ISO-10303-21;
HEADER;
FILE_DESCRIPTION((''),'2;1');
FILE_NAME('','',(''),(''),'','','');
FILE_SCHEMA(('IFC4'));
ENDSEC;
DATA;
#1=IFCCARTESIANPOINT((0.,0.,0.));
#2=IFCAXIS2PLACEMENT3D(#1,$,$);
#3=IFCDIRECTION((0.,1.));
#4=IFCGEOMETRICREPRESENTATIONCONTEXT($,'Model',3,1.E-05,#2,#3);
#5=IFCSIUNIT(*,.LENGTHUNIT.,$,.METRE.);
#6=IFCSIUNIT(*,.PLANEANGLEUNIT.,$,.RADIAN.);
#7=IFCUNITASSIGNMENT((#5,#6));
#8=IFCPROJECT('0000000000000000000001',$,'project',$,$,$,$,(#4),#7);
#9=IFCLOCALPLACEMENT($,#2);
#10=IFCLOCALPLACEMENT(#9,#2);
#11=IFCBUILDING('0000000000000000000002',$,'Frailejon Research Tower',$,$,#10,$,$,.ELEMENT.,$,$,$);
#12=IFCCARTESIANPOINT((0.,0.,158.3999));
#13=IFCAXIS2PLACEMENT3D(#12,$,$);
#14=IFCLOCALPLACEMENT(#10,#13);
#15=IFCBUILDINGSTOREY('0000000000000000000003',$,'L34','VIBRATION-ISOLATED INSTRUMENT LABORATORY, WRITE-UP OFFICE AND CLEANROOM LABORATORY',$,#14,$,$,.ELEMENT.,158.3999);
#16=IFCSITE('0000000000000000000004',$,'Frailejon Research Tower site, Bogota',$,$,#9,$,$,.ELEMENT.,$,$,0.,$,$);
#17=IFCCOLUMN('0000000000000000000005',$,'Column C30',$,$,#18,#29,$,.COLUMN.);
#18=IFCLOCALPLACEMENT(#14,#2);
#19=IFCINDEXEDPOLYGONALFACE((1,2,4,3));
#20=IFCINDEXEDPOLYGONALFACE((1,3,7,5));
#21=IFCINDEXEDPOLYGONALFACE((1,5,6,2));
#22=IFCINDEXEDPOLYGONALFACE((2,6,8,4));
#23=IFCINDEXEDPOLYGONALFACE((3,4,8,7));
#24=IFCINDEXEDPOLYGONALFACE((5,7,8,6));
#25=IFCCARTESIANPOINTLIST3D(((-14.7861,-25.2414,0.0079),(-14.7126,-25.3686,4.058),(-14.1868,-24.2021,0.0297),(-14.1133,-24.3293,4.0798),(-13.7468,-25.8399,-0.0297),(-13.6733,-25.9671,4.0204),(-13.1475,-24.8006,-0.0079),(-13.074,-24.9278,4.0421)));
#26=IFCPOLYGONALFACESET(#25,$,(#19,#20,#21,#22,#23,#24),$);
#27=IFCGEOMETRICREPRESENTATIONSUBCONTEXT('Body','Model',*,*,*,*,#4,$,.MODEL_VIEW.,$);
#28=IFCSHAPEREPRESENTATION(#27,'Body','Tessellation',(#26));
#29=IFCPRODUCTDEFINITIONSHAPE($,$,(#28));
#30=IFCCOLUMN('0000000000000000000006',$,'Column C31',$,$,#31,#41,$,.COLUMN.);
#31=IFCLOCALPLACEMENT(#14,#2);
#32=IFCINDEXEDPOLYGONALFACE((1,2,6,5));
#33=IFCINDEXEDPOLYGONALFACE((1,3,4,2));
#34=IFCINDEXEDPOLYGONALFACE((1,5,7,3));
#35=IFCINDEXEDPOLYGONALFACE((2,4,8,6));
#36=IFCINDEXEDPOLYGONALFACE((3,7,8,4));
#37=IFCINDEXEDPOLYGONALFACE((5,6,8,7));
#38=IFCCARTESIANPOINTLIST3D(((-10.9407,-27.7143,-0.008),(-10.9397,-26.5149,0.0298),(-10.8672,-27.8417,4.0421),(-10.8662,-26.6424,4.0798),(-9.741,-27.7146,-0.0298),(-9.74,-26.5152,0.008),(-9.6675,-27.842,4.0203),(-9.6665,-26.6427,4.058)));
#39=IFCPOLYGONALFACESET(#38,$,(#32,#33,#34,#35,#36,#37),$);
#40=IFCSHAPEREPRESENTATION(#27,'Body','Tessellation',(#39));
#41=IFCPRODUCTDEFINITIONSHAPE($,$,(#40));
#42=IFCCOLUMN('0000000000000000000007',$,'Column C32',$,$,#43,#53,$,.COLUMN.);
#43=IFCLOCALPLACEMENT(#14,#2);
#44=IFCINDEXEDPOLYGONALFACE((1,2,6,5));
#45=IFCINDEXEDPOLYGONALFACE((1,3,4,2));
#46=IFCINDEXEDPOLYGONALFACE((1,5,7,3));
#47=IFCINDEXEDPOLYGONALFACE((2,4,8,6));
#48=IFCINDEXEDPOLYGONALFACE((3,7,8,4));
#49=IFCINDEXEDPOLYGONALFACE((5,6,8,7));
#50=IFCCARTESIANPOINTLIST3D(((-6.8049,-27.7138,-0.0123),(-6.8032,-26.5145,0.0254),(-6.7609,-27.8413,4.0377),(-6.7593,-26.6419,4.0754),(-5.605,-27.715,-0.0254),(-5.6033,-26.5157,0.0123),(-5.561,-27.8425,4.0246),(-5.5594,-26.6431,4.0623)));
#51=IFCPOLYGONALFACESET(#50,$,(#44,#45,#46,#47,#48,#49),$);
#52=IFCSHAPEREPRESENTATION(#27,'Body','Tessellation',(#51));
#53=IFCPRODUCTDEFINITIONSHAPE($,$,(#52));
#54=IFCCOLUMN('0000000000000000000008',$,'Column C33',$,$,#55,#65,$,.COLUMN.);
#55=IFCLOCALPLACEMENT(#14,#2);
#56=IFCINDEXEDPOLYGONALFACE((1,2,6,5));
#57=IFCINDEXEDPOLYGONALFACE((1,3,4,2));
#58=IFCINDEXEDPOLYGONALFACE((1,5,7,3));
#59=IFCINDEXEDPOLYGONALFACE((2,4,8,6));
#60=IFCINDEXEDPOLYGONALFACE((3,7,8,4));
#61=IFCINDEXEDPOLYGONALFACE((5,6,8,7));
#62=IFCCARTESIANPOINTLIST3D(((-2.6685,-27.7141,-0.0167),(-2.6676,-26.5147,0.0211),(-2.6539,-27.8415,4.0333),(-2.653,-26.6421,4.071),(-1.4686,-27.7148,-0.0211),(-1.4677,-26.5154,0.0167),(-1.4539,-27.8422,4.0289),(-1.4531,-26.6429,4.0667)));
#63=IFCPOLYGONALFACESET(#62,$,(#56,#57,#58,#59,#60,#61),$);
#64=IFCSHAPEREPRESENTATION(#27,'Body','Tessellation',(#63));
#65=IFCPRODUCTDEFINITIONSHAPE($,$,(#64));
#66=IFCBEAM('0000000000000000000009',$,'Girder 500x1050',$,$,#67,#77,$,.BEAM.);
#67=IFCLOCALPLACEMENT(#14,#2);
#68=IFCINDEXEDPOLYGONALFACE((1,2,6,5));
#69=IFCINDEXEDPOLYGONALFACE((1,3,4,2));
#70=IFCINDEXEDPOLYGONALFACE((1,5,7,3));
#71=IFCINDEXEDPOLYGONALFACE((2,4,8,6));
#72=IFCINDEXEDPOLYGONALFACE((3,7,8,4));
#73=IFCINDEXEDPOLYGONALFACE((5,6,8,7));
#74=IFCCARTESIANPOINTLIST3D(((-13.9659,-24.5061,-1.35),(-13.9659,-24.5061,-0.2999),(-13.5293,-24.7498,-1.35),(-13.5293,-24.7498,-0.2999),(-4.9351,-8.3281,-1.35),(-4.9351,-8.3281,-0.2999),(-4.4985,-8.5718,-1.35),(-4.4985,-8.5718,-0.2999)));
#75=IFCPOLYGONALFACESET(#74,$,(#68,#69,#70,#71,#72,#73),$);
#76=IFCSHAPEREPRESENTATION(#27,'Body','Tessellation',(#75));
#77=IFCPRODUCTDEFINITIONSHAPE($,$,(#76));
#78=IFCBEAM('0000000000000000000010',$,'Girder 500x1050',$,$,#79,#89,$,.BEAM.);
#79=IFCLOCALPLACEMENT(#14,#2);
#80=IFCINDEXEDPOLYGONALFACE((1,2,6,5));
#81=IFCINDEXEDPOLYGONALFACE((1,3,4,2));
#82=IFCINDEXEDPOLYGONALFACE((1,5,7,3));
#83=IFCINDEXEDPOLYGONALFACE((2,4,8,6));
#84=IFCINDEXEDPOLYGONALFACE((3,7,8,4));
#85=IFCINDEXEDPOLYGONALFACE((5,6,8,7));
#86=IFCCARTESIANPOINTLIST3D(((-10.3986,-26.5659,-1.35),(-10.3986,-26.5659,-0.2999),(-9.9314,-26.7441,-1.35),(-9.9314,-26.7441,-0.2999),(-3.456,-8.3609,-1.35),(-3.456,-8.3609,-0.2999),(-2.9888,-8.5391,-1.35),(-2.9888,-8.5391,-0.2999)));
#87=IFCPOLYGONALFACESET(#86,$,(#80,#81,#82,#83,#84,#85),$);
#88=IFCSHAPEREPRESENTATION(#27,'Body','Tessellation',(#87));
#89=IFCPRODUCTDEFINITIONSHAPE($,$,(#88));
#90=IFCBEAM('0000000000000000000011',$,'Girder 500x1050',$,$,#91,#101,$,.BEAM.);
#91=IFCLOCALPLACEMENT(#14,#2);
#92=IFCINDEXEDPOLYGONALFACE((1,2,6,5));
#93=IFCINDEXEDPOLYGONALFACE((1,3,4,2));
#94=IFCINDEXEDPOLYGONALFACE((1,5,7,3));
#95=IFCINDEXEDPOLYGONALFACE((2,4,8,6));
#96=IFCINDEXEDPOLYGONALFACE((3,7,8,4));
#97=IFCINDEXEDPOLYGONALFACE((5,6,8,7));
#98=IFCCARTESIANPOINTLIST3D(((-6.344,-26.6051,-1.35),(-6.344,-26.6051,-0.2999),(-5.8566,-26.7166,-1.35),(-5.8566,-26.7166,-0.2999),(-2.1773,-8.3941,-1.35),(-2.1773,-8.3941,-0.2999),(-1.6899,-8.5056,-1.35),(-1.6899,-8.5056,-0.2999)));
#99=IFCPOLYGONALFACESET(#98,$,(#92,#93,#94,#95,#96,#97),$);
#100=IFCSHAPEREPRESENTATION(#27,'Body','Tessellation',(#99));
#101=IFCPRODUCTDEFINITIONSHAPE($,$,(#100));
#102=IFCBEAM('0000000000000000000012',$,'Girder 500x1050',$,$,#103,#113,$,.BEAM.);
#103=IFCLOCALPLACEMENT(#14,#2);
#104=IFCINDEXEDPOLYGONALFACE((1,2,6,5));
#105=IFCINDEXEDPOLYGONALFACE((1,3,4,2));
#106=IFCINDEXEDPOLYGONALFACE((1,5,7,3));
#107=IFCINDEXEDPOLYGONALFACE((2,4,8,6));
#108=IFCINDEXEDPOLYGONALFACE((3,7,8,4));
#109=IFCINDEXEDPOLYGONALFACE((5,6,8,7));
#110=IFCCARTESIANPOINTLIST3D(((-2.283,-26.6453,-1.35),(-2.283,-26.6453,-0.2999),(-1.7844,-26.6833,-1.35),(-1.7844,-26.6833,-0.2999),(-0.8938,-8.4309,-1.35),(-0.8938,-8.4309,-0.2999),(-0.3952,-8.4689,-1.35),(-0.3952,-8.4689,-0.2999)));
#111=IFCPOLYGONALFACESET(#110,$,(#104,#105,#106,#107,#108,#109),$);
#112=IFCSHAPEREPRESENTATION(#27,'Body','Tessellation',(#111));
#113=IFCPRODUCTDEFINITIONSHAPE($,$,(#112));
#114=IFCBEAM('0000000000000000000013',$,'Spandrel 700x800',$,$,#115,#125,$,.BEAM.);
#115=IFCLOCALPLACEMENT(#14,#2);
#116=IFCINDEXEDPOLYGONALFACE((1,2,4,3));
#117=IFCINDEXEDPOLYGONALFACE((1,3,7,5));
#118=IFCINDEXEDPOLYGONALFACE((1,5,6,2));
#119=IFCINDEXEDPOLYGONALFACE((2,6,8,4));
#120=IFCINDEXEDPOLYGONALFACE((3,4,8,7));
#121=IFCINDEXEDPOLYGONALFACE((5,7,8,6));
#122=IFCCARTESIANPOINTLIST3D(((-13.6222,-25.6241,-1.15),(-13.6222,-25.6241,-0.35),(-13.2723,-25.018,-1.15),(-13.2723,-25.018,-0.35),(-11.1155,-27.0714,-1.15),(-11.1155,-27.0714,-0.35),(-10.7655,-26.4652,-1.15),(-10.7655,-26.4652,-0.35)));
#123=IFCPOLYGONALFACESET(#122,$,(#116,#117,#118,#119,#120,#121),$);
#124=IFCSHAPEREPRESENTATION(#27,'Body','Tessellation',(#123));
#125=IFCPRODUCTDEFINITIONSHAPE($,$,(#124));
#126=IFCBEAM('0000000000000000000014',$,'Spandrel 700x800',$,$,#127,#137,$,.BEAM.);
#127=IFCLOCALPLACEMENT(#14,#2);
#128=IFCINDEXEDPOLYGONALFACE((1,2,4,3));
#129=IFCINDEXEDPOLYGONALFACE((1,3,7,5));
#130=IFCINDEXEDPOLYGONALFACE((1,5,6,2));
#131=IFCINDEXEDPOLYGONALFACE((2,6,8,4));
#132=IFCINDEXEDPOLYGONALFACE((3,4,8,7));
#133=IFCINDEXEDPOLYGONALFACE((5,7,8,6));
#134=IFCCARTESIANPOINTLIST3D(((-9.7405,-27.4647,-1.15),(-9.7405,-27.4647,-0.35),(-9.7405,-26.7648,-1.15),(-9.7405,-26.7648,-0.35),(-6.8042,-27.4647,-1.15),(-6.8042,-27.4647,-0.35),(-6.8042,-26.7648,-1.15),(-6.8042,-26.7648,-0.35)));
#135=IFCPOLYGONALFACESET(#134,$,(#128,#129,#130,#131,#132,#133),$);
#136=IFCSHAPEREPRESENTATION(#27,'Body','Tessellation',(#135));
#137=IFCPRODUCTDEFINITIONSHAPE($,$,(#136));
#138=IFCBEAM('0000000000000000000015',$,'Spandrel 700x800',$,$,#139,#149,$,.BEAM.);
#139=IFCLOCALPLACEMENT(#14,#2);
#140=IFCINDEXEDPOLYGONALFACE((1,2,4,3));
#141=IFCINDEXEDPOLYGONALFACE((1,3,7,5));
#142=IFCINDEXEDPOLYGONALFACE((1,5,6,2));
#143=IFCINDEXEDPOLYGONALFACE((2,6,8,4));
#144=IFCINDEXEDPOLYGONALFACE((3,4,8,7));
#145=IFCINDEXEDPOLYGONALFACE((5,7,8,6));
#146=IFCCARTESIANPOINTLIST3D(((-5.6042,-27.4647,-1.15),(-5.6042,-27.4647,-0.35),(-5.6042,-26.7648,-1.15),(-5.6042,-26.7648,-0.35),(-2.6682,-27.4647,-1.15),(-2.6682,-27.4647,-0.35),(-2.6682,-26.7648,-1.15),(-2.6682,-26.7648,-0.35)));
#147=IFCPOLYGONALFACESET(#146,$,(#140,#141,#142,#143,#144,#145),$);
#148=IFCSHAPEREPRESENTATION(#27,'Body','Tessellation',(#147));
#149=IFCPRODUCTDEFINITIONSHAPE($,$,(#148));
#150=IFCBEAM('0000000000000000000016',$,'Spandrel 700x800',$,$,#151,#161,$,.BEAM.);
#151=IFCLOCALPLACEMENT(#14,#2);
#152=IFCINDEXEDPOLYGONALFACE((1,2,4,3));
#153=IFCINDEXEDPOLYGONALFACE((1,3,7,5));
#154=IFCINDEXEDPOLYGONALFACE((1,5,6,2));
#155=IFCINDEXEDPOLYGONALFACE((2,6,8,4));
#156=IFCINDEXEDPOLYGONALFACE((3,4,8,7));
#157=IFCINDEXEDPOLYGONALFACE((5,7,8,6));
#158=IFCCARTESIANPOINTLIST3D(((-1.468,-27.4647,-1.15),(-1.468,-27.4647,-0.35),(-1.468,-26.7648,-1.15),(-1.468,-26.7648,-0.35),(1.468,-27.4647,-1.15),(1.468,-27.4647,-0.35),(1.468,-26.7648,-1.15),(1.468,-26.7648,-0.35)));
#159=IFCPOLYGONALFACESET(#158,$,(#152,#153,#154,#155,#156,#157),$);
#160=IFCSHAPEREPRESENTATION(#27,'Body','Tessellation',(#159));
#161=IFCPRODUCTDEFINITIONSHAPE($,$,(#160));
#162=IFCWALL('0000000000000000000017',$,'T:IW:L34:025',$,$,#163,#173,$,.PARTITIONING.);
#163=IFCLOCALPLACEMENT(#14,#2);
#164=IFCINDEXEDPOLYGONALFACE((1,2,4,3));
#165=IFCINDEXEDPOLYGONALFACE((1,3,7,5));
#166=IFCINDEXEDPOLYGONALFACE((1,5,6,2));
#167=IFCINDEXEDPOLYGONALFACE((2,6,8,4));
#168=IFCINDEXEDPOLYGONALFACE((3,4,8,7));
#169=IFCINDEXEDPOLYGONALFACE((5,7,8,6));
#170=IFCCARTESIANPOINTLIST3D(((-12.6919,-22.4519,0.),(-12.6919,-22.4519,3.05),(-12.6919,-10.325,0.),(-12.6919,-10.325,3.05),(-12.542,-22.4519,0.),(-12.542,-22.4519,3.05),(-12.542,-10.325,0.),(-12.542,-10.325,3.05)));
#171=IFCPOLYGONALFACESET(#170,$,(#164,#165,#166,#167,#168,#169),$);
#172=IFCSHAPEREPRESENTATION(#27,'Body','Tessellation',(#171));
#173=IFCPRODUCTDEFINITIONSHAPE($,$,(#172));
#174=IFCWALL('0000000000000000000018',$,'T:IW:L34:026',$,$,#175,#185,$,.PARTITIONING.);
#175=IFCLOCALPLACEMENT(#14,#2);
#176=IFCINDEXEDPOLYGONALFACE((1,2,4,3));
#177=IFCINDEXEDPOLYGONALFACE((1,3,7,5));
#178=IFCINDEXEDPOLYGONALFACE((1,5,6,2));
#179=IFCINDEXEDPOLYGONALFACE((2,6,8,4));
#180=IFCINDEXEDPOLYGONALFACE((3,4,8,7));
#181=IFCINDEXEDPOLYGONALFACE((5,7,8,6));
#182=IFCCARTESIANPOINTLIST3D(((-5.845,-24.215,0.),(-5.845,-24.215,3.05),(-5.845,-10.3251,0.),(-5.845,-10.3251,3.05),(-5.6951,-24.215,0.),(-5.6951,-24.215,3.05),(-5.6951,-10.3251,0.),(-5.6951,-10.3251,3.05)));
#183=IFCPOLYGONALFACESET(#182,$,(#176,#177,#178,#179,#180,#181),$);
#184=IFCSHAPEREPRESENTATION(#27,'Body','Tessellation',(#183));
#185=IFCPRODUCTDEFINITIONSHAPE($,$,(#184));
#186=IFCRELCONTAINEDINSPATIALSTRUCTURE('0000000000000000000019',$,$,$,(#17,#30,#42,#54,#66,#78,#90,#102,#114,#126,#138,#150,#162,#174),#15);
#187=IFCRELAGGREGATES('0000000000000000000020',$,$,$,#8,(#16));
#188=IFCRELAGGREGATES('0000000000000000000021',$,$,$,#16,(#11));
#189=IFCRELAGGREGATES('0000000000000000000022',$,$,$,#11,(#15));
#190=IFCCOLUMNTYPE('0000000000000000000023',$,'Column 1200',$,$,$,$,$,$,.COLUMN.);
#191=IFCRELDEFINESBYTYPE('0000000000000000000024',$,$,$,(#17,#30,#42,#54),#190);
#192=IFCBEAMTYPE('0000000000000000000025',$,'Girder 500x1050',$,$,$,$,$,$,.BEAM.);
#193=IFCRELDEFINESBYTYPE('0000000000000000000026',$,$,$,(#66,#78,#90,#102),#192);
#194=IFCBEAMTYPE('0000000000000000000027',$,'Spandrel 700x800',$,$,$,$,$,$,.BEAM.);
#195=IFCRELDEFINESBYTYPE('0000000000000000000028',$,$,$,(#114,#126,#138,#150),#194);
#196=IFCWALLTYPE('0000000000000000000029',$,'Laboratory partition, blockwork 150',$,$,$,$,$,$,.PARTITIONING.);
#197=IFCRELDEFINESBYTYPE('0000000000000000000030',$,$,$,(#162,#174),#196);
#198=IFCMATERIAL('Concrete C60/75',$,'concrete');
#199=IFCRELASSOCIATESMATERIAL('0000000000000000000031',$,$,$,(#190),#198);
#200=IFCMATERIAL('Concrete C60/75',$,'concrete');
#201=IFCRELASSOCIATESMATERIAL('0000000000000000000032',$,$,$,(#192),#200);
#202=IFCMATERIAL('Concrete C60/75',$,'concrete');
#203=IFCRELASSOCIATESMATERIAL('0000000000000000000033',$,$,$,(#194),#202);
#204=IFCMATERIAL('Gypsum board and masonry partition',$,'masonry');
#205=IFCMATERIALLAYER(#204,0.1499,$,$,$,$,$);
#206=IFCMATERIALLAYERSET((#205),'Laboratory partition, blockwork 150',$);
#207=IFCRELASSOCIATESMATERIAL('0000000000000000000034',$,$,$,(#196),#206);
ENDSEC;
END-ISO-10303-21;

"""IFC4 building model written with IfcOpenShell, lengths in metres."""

from ifc_helpers import new_model, si_unit, direction, frame, frame_2d, origin, origin_2d, place, context, subcontext, project, spatial, rectangle, extrude, material, layer, layer_set, material_profile, profile_set, type_object, element, save


model = new_model("IFC4")

# Units and contexts
model_context = context("Model", 3, precision=1e-05, world=origin(), true_north=direction((0.0, 1.0)))
body_context = subcontext(model_context, "Body", "Model", "MODEL_VIEW")
ifc_project = project(units=[si_unit("LENGTHUNIT", "METRE"), si_unit("PLANEANGLEUNIT", "RADIAN")], contexts=[model_context])

# Site, building, storey
site_placement = place(None, origin())
site = spatial("IfcSite", under=ifc_project, at=site_placement, Name="Frailejon Research Tower site, Bogota", CompositionType="ELEMENT", RefElevation=0.0)
building_placement = place(site_placement, origin())
building = spatial("IfcBuilding", under=site, at=building_placement, Name="Frailejon Research Tower", CompositionType="ELEMENT")
storey_placement = place(building_placement, frame((0.0, 0.0, 158.3999)))
storey = spatial("IfcBuildingStorey", under=building, at=storey_placement, Name="L34", Description="VIBRATION-ISOLATED INSTRUMENT LABORATORY, WRITE-UP OFFICE AND CLEANROOM LABORATORY", CompositionType="ELEMENT", Elevation=158.3999)

# Columns
ifc_material_1 = material(Name="Concrete C60/75", Category="concrete")
ifc_material_profile_1 = material_profile(ifc_material_1, rectangle(XDim=1.2, YDim=1.2, at=origin_2d()), Name="Column 1200")
ifc_profile_set_1 = profile_set([ifc_material_profile_1], Name="Concrete C60/75")
column_type = type_object("IfcColumnType", Name="Column 1200", PredefinedType="COLUMN", material=ifc_profile_set_1)
for number, where, z_axis, x_axis, name in (
    (1, (-13.9668, -25.021, 0.0), (0.018133, -0.031386, 0.999343), (0.866156, -0.498787, -0.031381), "Column C30"),
    (2, (-10.3403, -27.1147, 0.0), (0.018133, -0.031446, 0.999341), (0.999835, -0.000256, -0.01815), "Column C31"),
):
    element("IfcColumn", number, at=place(storey_placement, frame(where, z_axis=z_axis, x_axis=x_axis)), inside=storey, type_object=column_type, Name=name, PredefinedType="COLUMN", context=body_context, shape_type="SweptSolid", body=[
        extrude(rectangle(XDim=1.2, YDim=1.2, at=origin_2d()), origin(), (0.0, 0.0, 1.0), 4.0527),
    ])
column_1_placement = place(storey_placement, frame((-6.2041, -27.1147, 0.0), z_axis=(0.010845, -0.031449, 0.999447), x_axis=(0.99994, -0.001017, -0.010882)))
element("IfcColumn", 3, at=column_1_placement, inside=storey, type_object=column_type, Name="Column C32", PredefinedType="COLUMN", context=body_context, shape_type="SweptSolid", body=[
    extrude(rectangle(XDim=1.2, YDim=1.2, at=origin_2d()), origin(), (0.0, 0.0, 1.0), 4.0522),
])
column_2_placement = place(storey_placement, frame((-2.0681, -27.1147, 0.0), z_axis=(0.003615, -0.031451, 0.999499), x_axis=(0.999993, -0.000624, -0.003636)))
element("IfcColumn", 4, at=column_2_placement, inside=storey, type_object=column_type, Name="Column C33", PredefinedType="COLUMN", context=body_context, shape_type="SweptSolid", body=[
    extrude(rectangle(XDim=1.2, YDim=1.2, at=origin_2d()), origin(), (0.0, 0.0, 1.0), 4.052),
])

# Beams
ifc_material_2 = material(Name="Concrete C60/75", Category="concrete")
ifc_material_profile_2 = material_profile(ifc_material_2, rectangle(XDim=0.5, YDim=1.05, at=origin_2d()), Name="Girder 500x1050")
ifc_profile_set_2 = profile_set([ifc_material_profile_2], Name="Concrete C60/75")
beam_type_1 = type_object("IfcBeamType", Name="Girder 500x1050", PredefinedType="BEAM", material=ifc_profile_set_2)
beam_1_placement = place(storey_placement, frame((-13.7476, -24.6279, -0.825), z_axis=(0.487415, 0.87317, 0.0), x_axis=(-0.87317, 0.487415, 0.0)))
element("IfcBeam", 5, at=beam_1_placement, inside=storey, type_object=beam_type_1, Name="Girder 500x1050", PredefinedType="BEAM", context=body_context, shape_type="SweptSolid", body=[
    extrude(rectangle(XDim=0.5, YDim=1.05, at=origin_2d()), origin(), (0.0, 0.0, 1.0), 18.5278),
])
beam_2_placement = place(storey_placement, frame((-10.165, -26.655, -0.825), z_axis=(0.356325, 0.934362, 0.0), x_axis=(-0.934362, 0.356325, 0.0)))
element("IfcBeam", 6, at=beam_2_placement, inside=storey, type_object=beam_type_1, Name="Girder 500x1050", PredefinedType="BEAM", context=body_context, shape_type="SweptSolid", body=[
    extrude(rectangle(XDim=0.5, YDim=1.05, at=origin_2d()), origin(), (0.0, 0.0, 1.0), 19.4839),
])
beam_3_placement = place(storey_placement, frame((-6.1003, -26.6609, -0.825), z_axis=(0.223041, 0.974809, 0.0), x_axis=(-0.974809, 0.223041, 0.0)))
element("IfcBeam", 7, at=beam_3_placement, inside=storey, type_object=beam_type_1, Name="Girder 500x1050", PredefinedType="BEAM", context=body_context, shape_type="SweptSolid", body=[
    extrude(rectangle(XDim=0.5, YDim=1.05, at=origin_2d()), origin(), (0.0, 0.0, 1.0), 18.6816),
])
beam_4_placement = place(storey_placement, frame((-2.0337, -26.6643, -0.825), z_axis=(0.076046, 0.997104, 0.0), x_axis=(-0.997104, 0.076046, 0.0)))
element("IfcBeam", 8, at=beam_4_placement, inside=storey, type_object=beam_type_1, Name="Girder 500x1050", PredefinedType="BEAM", context=body_context, shape_type="SweptSolid", body=[
    extrude(rectangle(XDim=0.5, YDim=1.05, at=origin_2d()), origin(), (0.0, 0.0, 1.0), 18.2673),
])
ifc_material_3 = material(Name="Concrete C60/75", Category="concrete")
ifc_material_profile_3 = material_profile(ifc_material_3, rectangle(XDim=0.7, YDim=0.8, at=origin_2d()), Name="Spandrel 700x800")
ifc_profile_set_3 = profile_set([ifc_material_profile_3], Name="Concrete C60/75")
beam_type_2 = type_object("IfcBeamType", Name="Spandrel 700x800", PredefinedType="BEAM", material=ifc_profile_set_3)
beam_5_placement = place(storey_placement, frame((-13.4473, -25.321, -0.75), z_axis=(0.866034, -0.499985, 0.0), x_axis=(0.499985, 0.866034, 0.0)))
element("IfcBeam", 9, at=beam_5_placement, inside=storey, type_object=beam_type_2, Name="Spandrel 700x800", PredefinedType="BEAM", context=body_context, shape_type="SweptSolid", body=[
    extrude(rectangle(XDim=0.7, YDim=0.8, at=origin_2d()), origin(), (0.0, 0.0, 1.0), 2.8945),
])
beam_6_placement = place(storey_placement, frame((-9.7405, -27.1147, -0.75), z_axis=(1.0, 0.0, 0.0), x_axis=(0.0, 1.0, 0.0)))
element("IfcBeam", 10, at=beam_6_placement, inside=storey, type_object=beam_type_2, Name="Spandrel 700x800", PredefinedType="BEAM", context=body_context, shape_type="SweptSolid", body=[
    extrude(rectangle(XDim=0.7, YDim=0.8, at=origin_2d()), origin(), (0.0, 0.0, 1.0), 2.9363),
])
for number, where, z_axis, x_axis, name in (
    (11, (-5.6042, -27.1147, -0.75), (1.0, 0.0, 0.0), (0.0, 1.0, 0.0), "Spandrel 700x800"),
    (12, (-1.468, -27.1147, -0.75), (1.0, 0.0, 0.0), (0.0, 1.0, 0.0), "Spandrel 700x800"),
):
    element("IfcBeam", number, at=place(storey_placement, frame(where, z_axis=z_axis, x_axis=x_axis)), inside=storey, type_object=beam_type_2, Name=name, PredefinedType="BEAM", context=body_context, shape_type="SweptSolid", body=[
        extrude(rectangle(XDim=0.7, YDim=0.8, at=origin_2d()), origin(), (0.0, 0.0, 1.0), 2.936),
    ])

# Walls
ifc_material_4 = material(Name="Gypsum board and masonry partition", Category="masonry")
ifc_layer_1 = layer(ifc_material_4, 0.1499)
ifc_layer_set_1 = layer_set([ifc_layer_1], Name="Laboratory partition, blockwork 150")
wall_type_1 = type_object("IfcWallType", Name="Laboratory partition, blockwork 150", PredefinedType="PARTITIONING", material=ifc_layer_set_1)
wall_1_placement = place(storey_placement, frame((-12.6169, -22.4519, 0.0), z_axis=(0.0, 0.0, 1.0), x_axis=(0.0, 1.0, 0.0)))
element("IfcWall", 13, at=wall_1_placement, inside=storey, type_object=wall_type_1, Name="T:IW:L34:025", PredefinedType="PARTITIONING", context=body_context, shape_type="SweptSolid", body=[
    extrude(rectangle(XDim=12.127, YDim=0.1499, at=frame_2d((6.0635, 0.0))), origin(), (0.0, 0.0, 1.0), 3.05),
])
wall_2_placement = place(storey_placement, frame((-5.77, -24.2148, 0.0), z_axis=(0.0, 0.0, 1.0), x_axis=(0.0, 1.0, 0.0)))
element("IfcWall", 14, at=wall_2_placement, inside=storey, type_object=wall_type_1, Name="T:IW:L34:026", PredefinedType="PARTITIONING", context=body_context, shape_type="SweptSolid", body=[
    extrude(rectangle(XDim=13.8899, YDim=0.1499, at=frame_2d((6.9448, 0.0))), origin(), (0.0, 0.0, 1.0), 3.05),
])

save(model, "model.ifc")
